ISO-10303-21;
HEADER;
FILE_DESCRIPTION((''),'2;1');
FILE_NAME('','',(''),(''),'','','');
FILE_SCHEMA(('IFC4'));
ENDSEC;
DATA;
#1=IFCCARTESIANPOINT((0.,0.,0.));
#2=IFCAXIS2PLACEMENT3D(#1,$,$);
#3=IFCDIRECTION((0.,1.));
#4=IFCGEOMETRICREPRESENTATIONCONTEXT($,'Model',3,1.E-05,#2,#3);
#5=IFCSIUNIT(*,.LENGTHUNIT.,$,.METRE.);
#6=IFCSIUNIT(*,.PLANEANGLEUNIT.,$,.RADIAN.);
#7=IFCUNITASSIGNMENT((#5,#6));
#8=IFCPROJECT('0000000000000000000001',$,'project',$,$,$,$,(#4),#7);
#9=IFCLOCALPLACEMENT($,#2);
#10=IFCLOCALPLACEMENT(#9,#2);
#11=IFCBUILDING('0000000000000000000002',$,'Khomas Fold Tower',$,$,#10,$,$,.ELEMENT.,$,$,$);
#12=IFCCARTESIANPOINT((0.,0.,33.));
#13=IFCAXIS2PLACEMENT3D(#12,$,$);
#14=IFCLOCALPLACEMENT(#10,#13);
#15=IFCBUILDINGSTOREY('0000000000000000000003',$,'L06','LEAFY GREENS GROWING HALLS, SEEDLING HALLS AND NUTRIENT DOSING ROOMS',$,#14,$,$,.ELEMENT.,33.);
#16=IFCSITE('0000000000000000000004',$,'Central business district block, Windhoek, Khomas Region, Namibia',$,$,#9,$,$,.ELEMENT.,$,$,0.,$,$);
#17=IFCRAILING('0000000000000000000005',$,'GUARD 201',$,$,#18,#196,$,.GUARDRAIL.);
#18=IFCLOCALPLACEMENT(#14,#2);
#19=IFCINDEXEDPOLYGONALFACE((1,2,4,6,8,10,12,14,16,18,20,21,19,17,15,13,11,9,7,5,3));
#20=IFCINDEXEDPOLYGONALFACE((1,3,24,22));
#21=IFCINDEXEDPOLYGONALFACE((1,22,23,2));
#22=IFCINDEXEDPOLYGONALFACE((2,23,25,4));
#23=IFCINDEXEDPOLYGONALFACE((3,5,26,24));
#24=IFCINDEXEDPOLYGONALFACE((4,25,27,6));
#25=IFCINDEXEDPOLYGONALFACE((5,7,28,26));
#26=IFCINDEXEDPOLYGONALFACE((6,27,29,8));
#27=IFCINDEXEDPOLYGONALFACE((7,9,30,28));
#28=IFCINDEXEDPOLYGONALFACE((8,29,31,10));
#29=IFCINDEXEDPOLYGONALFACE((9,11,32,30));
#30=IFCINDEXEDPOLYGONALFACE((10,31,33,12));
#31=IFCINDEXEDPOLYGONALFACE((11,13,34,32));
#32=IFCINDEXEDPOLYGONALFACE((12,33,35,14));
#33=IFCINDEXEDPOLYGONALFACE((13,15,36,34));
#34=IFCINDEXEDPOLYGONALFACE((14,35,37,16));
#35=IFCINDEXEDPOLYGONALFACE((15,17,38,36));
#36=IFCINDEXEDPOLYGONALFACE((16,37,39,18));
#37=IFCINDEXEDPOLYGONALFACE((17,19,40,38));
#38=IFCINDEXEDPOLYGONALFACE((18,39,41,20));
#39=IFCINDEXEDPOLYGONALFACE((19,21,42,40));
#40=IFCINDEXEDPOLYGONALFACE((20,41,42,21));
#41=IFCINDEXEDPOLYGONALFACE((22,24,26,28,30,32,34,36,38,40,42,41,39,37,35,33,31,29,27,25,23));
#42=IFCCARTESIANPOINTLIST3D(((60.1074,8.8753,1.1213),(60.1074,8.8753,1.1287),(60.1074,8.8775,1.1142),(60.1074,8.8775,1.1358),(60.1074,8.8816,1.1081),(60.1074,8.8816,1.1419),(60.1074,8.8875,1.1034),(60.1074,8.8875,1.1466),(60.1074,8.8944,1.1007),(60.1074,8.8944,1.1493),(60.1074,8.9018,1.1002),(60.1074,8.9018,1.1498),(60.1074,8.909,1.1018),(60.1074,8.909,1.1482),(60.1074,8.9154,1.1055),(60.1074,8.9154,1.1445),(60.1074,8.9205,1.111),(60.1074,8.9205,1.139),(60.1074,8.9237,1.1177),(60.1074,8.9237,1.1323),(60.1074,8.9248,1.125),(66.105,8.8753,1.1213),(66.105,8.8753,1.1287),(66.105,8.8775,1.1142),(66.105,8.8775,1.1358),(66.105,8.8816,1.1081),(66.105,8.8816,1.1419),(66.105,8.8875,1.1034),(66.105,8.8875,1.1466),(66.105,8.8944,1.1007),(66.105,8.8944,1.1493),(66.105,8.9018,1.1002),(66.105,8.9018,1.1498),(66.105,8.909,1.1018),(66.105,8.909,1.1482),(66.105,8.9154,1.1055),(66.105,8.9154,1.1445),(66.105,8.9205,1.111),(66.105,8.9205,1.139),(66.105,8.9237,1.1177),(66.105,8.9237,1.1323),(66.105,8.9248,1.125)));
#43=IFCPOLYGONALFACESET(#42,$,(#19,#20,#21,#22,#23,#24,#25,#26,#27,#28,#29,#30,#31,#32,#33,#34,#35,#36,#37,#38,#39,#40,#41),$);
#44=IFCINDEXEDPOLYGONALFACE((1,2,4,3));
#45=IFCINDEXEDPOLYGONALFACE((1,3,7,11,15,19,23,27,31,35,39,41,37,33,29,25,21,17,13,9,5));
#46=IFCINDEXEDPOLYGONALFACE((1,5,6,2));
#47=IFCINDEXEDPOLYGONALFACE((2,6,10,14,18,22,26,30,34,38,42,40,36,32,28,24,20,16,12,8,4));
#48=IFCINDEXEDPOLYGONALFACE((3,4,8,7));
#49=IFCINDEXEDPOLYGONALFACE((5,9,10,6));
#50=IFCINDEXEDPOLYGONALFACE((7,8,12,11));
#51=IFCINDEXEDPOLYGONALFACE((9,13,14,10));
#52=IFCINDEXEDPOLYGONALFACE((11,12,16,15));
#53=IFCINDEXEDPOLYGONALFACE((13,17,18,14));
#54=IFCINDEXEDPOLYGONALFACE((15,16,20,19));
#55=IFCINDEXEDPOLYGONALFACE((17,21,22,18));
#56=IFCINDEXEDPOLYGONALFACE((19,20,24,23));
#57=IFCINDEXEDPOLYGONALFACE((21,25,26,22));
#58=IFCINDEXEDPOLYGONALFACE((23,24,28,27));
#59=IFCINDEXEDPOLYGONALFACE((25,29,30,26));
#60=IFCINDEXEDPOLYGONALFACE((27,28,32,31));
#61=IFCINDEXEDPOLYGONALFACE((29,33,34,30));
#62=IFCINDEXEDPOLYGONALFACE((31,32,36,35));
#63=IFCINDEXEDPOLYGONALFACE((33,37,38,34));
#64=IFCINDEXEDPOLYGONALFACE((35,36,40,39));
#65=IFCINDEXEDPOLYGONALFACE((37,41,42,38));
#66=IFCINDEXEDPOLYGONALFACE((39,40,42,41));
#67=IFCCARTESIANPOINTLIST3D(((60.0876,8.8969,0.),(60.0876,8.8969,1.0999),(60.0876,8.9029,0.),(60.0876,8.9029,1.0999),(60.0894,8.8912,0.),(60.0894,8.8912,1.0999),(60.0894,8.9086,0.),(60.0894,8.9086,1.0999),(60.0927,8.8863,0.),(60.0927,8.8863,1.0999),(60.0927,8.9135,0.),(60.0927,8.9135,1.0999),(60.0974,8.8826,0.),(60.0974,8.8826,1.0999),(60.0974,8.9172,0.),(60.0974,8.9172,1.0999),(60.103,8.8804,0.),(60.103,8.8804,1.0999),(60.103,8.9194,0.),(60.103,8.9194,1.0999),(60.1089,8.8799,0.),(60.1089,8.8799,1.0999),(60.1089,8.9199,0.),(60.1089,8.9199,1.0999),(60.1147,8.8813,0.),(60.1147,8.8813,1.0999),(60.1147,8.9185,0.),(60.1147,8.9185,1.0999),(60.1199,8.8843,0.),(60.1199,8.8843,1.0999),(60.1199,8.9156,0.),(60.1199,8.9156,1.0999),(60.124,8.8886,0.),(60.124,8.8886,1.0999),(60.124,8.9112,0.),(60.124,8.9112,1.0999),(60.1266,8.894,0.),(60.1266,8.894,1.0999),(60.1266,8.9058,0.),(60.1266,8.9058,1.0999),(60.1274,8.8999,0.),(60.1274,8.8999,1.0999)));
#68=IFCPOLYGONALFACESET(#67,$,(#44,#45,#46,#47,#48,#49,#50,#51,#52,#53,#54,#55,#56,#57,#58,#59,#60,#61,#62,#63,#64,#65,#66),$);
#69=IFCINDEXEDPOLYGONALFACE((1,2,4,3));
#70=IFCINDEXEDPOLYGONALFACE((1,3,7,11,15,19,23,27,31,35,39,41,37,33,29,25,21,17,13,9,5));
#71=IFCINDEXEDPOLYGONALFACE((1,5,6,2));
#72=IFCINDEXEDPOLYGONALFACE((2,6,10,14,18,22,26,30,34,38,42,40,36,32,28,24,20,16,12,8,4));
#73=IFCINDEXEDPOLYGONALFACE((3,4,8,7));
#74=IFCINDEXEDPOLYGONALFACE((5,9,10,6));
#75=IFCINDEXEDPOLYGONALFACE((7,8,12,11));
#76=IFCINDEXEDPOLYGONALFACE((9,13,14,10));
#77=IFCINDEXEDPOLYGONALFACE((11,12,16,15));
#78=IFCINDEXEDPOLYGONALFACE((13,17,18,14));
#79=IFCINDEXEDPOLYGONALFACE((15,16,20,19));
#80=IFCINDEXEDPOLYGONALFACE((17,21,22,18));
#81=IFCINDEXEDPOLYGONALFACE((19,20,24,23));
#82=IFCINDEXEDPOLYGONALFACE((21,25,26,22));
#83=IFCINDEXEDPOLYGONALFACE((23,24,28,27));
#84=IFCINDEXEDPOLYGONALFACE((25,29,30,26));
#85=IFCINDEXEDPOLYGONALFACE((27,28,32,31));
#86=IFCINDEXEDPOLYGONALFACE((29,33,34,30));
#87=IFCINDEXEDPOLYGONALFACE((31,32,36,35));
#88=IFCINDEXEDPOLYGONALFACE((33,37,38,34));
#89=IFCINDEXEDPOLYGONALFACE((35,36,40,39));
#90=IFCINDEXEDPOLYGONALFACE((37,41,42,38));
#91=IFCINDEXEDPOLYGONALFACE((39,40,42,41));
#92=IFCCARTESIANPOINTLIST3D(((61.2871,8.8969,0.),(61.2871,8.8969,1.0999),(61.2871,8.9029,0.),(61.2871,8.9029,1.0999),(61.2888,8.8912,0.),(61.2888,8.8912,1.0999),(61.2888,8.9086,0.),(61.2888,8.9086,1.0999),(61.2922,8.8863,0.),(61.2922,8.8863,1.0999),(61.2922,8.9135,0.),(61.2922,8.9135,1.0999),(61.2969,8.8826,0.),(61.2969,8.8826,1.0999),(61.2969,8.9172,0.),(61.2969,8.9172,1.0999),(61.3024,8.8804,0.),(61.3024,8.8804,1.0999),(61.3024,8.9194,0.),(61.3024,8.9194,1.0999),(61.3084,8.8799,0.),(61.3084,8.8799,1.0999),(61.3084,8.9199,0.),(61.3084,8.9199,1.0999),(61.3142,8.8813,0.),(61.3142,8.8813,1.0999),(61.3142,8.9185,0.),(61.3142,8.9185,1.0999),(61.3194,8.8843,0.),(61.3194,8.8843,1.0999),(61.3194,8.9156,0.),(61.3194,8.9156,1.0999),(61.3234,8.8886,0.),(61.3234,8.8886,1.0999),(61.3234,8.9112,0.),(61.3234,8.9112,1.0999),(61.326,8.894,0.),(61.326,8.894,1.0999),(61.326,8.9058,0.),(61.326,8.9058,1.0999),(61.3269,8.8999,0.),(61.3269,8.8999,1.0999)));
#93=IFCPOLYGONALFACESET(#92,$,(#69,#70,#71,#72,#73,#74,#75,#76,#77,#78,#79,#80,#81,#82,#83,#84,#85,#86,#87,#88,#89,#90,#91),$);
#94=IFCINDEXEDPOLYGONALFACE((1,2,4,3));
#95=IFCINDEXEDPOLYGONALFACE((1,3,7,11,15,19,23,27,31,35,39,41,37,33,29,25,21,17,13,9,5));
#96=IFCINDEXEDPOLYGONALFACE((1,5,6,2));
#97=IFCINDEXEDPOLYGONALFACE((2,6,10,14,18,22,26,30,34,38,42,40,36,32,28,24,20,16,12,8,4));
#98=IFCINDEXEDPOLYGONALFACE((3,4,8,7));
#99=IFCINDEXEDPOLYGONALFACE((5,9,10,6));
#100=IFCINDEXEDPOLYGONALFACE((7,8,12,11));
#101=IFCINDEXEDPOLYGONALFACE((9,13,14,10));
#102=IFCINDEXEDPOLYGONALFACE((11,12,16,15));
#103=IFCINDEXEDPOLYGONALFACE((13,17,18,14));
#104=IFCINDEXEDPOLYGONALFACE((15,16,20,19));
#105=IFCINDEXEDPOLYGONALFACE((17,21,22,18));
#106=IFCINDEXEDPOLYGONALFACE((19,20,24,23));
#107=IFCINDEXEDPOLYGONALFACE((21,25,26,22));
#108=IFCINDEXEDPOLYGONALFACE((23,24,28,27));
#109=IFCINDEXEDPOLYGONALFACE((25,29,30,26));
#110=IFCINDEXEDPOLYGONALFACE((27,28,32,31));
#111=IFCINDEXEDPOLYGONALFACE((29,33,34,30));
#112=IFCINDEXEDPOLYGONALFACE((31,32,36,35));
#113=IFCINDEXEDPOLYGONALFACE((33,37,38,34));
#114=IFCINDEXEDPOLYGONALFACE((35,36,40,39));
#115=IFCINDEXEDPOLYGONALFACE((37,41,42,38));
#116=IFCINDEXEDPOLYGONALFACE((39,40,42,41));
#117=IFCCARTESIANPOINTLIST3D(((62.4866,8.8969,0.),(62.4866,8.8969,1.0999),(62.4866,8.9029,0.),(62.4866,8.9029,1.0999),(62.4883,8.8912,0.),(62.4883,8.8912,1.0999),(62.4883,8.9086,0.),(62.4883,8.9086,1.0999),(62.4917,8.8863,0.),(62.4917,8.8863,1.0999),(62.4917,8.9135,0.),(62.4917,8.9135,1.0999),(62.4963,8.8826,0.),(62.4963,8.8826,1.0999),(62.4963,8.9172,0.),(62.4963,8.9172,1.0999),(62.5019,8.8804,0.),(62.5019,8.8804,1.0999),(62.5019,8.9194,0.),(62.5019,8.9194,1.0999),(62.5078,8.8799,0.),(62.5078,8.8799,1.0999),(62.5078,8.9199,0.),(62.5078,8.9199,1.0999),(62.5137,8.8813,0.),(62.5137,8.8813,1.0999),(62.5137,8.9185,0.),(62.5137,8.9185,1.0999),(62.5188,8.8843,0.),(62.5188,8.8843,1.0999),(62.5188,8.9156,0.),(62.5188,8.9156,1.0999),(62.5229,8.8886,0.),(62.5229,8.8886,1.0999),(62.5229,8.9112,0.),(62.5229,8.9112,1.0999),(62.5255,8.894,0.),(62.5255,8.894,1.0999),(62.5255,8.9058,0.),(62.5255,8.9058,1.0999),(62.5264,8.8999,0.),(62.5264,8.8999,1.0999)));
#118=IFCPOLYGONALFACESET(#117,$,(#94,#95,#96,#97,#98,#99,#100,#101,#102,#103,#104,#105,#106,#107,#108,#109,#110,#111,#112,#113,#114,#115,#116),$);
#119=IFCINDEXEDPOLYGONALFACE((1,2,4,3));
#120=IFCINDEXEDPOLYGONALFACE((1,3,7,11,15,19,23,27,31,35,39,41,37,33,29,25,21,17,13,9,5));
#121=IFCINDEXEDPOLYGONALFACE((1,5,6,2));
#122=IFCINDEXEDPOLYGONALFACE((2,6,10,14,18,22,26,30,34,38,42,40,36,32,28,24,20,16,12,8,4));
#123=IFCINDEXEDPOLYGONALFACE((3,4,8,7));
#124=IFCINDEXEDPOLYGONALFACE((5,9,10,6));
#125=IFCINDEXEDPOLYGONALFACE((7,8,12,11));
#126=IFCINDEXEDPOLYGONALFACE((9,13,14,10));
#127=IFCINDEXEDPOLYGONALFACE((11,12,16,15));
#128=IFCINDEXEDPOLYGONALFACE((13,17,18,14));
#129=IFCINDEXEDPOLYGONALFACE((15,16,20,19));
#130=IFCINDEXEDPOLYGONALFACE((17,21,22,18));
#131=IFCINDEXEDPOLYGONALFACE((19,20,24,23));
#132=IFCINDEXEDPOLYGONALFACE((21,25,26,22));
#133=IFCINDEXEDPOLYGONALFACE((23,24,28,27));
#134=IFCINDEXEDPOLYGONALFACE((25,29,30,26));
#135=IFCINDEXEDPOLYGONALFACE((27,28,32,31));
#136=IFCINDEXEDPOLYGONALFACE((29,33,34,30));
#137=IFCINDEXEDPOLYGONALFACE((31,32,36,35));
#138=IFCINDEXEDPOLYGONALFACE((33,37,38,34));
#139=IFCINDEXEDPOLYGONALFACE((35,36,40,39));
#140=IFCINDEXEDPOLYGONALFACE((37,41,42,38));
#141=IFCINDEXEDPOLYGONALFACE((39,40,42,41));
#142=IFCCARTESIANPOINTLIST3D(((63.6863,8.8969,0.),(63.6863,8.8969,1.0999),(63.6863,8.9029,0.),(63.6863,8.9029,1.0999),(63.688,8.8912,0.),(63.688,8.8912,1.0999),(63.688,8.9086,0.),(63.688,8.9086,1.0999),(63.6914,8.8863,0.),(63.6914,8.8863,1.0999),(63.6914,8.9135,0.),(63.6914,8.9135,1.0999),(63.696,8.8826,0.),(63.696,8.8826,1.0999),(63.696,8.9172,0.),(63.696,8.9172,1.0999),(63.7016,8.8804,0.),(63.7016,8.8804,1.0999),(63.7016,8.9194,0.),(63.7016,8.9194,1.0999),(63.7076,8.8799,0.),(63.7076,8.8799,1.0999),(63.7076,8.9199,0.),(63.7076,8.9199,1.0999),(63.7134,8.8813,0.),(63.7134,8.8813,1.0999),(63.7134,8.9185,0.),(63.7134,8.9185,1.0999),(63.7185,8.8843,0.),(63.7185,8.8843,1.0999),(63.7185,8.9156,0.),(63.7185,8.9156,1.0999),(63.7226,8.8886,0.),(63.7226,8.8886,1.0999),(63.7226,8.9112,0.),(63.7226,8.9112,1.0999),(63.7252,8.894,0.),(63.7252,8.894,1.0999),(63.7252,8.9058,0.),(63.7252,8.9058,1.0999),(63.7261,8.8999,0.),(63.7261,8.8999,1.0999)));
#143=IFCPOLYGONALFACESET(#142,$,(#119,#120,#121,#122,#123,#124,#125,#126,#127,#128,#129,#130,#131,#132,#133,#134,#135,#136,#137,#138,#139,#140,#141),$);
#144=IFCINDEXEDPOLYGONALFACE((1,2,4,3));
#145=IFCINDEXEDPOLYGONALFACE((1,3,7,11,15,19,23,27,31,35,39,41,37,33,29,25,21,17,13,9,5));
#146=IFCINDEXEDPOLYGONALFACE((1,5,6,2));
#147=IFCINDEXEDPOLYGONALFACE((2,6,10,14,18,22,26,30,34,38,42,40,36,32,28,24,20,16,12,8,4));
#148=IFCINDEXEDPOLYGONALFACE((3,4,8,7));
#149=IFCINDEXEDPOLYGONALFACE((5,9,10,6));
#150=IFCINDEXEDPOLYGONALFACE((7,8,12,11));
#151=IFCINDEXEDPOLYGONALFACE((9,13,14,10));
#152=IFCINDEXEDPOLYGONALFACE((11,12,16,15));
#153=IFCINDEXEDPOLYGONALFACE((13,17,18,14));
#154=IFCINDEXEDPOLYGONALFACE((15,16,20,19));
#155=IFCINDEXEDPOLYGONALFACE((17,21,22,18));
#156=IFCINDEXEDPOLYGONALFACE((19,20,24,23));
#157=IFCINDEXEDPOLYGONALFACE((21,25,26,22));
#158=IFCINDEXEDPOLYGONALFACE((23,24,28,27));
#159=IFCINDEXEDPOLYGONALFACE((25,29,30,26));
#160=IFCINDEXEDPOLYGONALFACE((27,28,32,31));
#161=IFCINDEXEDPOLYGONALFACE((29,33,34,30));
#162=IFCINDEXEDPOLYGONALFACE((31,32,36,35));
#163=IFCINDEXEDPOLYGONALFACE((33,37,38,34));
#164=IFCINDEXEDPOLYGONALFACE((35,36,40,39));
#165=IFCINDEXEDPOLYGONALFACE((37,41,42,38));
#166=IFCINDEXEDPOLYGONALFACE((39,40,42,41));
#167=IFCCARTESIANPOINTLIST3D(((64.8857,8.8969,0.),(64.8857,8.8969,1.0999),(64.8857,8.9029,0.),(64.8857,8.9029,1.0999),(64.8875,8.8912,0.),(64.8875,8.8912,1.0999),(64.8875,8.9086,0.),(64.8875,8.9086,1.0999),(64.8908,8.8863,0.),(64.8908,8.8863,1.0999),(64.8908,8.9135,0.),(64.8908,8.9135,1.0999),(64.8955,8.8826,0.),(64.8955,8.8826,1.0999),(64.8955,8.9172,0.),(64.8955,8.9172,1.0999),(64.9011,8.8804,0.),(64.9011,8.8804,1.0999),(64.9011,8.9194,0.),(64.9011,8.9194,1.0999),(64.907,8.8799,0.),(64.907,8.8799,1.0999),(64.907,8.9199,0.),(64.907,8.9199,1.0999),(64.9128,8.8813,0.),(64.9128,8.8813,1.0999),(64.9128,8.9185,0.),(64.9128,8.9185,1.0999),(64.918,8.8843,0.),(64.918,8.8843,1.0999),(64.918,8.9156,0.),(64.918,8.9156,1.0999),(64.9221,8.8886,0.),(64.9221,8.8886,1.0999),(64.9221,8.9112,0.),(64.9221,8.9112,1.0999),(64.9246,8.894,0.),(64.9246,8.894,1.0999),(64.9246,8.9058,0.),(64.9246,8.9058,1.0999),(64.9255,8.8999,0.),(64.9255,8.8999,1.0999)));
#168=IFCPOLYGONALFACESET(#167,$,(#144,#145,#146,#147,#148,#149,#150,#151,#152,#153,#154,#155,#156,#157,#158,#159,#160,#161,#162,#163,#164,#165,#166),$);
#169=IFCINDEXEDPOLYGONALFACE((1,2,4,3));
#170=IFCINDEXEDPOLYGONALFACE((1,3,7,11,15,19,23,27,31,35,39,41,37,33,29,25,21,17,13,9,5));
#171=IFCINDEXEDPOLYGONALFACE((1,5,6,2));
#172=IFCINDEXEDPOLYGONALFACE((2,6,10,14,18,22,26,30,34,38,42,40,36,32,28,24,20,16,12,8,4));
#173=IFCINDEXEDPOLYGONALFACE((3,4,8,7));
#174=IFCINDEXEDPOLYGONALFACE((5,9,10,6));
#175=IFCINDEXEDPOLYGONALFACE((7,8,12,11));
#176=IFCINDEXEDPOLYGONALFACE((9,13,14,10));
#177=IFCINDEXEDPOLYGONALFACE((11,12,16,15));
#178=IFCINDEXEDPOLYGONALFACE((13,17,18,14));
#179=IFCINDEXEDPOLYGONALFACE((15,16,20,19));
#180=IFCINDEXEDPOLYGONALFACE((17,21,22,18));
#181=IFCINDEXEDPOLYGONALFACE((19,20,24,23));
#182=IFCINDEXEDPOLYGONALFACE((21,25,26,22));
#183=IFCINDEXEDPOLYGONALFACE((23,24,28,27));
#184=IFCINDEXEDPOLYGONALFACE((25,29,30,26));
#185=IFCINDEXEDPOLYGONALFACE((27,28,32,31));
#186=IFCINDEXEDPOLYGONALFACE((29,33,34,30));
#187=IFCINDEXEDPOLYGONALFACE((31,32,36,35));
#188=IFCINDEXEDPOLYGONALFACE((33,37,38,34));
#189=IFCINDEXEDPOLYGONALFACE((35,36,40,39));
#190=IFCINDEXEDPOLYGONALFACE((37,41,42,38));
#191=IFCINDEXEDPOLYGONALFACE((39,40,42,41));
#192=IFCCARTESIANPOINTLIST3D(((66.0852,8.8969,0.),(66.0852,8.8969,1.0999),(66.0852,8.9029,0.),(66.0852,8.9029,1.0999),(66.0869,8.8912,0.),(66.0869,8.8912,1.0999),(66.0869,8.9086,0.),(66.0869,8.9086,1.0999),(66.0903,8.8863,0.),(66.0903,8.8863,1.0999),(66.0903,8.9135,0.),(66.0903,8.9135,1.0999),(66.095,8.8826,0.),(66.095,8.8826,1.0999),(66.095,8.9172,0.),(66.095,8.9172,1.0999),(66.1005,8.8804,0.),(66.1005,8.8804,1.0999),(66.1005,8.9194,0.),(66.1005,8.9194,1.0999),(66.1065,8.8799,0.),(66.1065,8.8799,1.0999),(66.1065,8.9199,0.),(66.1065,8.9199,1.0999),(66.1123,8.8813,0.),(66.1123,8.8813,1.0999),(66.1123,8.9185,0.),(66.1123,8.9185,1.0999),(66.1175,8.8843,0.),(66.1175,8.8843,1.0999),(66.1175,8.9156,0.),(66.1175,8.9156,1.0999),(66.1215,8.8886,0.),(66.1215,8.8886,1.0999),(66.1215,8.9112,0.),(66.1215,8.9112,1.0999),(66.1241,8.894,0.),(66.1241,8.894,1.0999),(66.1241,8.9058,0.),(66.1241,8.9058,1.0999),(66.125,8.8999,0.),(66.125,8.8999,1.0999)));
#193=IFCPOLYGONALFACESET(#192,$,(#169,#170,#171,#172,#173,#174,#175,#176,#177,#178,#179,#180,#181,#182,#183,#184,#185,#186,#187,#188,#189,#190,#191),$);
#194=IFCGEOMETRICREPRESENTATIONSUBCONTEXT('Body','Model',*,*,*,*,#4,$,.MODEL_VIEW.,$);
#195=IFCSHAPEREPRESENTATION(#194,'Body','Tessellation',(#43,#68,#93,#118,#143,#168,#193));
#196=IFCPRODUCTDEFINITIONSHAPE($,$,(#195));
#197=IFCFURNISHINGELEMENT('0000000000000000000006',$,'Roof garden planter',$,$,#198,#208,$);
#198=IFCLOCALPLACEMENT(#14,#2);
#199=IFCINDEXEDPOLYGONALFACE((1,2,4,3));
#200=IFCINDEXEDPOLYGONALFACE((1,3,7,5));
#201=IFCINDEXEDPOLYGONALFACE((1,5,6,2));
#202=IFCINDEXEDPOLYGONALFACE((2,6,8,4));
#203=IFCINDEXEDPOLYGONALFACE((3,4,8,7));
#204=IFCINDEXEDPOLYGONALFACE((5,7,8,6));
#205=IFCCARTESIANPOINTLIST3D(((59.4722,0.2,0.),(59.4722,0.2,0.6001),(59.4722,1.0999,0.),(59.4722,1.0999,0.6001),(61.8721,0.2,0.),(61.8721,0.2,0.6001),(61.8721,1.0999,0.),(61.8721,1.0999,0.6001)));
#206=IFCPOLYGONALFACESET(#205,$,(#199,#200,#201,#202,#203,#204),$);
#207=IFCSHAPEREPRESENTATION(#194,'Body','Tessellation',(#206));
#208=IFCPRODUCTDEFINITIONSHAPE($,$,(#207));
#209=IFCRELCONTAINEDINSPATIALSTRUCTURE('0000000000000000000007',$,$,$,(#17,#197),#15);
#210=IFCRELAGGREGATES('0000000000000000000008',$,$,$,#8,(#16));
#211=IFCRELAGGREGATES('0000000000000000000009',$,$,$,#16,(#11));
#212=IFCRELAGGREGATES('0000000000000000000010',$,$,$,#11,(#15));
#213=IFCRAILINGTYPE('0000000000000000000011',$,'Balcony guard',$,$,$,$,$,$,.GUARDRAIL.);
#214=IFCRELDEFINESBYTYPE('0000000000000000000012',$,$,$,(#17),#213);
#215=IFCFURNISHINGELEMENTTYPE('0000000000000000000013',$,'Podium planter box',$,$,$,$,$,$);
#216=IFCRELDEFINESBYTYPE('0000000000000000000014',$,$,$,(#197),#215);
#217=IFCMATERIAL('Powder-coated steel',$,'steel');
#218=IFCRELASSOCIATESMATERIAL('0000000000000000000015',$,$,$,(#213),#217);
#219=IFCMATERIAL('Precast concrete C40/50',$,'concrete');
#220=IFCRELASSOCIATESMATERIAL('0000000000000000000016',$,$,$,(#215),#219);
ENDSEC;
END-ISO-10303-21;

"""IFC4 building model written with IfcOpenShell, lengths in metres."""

from ifc_helpers import new_model, si_unit, direction, frame, origin, origin_2d, place, context, subcontext, project, spatial, rectangle, circle, extrude, source, transform, mapped, material, type_object, element, save


model = new_model("IFC4")

# Units and contexts
model_context = context("Model", 3, precision=1e-05, world=origin(), true_north=direction((0.0, 1.0)))
body_context = subcontext(model_context, "Body", "Model", "MODEL_VIEW")
ifc_project = project(units=[si_unit("LENGTHUNIT", "METRE"), si_unit("PLANEANGLEUNIT", "RADIAN")], contexts=[model_context])

# Site, building, storey
site_placement = place(None, origin())
site = spatial("IfcSite", under=ifc_project, at=site_placement, Name="Central business district block, Windhoek, Khomas Region, Namibia", CompositionType="ELEMENT", RefElevation=0.0)
building_placement = place(site_placement, origin())
building = spatial("IfcBuilding", under=site, at=building_placement, Name="Khomas Fold Tower", CompositionType="ELEMENT")
storey_placement = place(building_placement, frame((0.0, 0.0, 33.0)))
storey = spatial("IfcBuildingStorey", under=building, at=storey_placement, Name="L06", Description="LEAFY GREENS GROWING HALLS, SEEDLING HALLS AND NUTRIENT DOSING ROOMS", CompositionType="ELEMENT", Elevation=33.0)

# Railing
ifc_material_1 = material(Name="Powder-coated steel", Category="steel")
railing_type = type_object("IfcRailingType", Name="Balcony guard", PredefinedType="GUARDRAIL", material=ifc_material_1)
shared_shape_1 = source(origin(), body_context, "Body", "SweptSolid", [
    extrude(circle(Radius=0.0249, at=origin_2d()), frame((0.0, 0.0, 1.125), z_axis=(1.0, 0.0, 0.0), x_axis=(0.0, 1.0, 0.0)), (0.0, 0.0, 1.0), 5.9976),
    extrude(circle(Radius=0.02, at=origin_2d()), origin(), (0.0, 0.0, 1.0), 1.0999),
    extrude(circle(Radius=0.02, at=origin_2d()), frame((1.1995, 0.0, 0.0)), (0.0, 0.0, 1.0), 1.0999),
    extrude(circle(Radius=0.02, at=origin_2d()), frame((2.3989, 0.0, 0.0)), (0.0, 0.0, 1.0), 1.0999),
    extrude(circle(Radius=0.02, at=origin_2d()), frame((3.5986, 0.0, 0.0)), (0.0, 0.0, 1.0), 1.0999),
    extrude(circle(Radius=0.02, at=origin_2d()), frame((4.7981, 0.0, 0.0)), (0.0, 0.0, 1.0), 1.0999),
    extrude(circle(Radius=0.02, at=origin_2d()), frame((5.9976, 0.0, 0.0)), (0.0, 0.0, 1.0), 1.0999),
])
railing_1_placement = place(storey_placement, frame((60.1074, 8.8999, 0.0)))
element("IfcRailing", 1, at=railing_1_placement, inside=storey, type_object=railing_type, Name="GUARD 201", PredefinedType="GUARDRAIL", context=body_context, shape_type="MappedRepresentation", body=[
    mapped(shared_shape_1, transform((0.0, 0.0, 0.0))),
])

# Furnishing element
ifc_material_2 = material(Name="Precast concrete C40/50", Category="concrete")
furnishing_element_type_1 = type_object("IfcFurnishingElementType", Name="Podium planter box", material=ifc_material_2)
shared_shape_2 = source(origin(), body_context, "Body", "SweptSolid", [
    extrude(rectangle(XDim=2.3999, YDim=0.8999, at=origin_2d()), origin(), (0.0, 0.0, 1.0), 0.6001),
])
for number, where, z_axis, x_axis, name in (
    (2, (60.6721, 0.6499, 0.0), (0.0, 0.0, 1.0), (-1.0, 0.0, 0.0), "Roof garden planter"),
):
    element("IfcFurnishingElement", number, at=place(storey_placement, frame(where, z_axis=z_axis, x_axis=x_axis)), inside=storey, type_object=furnishing_element_type_1, Name=name, context=body_context, shape_type="MappedRepresentation", body=[
        mapped(shared_shape_2, transform((0.0, 0.0, 0.0))),
    ])

save(model, "model.ifc")
